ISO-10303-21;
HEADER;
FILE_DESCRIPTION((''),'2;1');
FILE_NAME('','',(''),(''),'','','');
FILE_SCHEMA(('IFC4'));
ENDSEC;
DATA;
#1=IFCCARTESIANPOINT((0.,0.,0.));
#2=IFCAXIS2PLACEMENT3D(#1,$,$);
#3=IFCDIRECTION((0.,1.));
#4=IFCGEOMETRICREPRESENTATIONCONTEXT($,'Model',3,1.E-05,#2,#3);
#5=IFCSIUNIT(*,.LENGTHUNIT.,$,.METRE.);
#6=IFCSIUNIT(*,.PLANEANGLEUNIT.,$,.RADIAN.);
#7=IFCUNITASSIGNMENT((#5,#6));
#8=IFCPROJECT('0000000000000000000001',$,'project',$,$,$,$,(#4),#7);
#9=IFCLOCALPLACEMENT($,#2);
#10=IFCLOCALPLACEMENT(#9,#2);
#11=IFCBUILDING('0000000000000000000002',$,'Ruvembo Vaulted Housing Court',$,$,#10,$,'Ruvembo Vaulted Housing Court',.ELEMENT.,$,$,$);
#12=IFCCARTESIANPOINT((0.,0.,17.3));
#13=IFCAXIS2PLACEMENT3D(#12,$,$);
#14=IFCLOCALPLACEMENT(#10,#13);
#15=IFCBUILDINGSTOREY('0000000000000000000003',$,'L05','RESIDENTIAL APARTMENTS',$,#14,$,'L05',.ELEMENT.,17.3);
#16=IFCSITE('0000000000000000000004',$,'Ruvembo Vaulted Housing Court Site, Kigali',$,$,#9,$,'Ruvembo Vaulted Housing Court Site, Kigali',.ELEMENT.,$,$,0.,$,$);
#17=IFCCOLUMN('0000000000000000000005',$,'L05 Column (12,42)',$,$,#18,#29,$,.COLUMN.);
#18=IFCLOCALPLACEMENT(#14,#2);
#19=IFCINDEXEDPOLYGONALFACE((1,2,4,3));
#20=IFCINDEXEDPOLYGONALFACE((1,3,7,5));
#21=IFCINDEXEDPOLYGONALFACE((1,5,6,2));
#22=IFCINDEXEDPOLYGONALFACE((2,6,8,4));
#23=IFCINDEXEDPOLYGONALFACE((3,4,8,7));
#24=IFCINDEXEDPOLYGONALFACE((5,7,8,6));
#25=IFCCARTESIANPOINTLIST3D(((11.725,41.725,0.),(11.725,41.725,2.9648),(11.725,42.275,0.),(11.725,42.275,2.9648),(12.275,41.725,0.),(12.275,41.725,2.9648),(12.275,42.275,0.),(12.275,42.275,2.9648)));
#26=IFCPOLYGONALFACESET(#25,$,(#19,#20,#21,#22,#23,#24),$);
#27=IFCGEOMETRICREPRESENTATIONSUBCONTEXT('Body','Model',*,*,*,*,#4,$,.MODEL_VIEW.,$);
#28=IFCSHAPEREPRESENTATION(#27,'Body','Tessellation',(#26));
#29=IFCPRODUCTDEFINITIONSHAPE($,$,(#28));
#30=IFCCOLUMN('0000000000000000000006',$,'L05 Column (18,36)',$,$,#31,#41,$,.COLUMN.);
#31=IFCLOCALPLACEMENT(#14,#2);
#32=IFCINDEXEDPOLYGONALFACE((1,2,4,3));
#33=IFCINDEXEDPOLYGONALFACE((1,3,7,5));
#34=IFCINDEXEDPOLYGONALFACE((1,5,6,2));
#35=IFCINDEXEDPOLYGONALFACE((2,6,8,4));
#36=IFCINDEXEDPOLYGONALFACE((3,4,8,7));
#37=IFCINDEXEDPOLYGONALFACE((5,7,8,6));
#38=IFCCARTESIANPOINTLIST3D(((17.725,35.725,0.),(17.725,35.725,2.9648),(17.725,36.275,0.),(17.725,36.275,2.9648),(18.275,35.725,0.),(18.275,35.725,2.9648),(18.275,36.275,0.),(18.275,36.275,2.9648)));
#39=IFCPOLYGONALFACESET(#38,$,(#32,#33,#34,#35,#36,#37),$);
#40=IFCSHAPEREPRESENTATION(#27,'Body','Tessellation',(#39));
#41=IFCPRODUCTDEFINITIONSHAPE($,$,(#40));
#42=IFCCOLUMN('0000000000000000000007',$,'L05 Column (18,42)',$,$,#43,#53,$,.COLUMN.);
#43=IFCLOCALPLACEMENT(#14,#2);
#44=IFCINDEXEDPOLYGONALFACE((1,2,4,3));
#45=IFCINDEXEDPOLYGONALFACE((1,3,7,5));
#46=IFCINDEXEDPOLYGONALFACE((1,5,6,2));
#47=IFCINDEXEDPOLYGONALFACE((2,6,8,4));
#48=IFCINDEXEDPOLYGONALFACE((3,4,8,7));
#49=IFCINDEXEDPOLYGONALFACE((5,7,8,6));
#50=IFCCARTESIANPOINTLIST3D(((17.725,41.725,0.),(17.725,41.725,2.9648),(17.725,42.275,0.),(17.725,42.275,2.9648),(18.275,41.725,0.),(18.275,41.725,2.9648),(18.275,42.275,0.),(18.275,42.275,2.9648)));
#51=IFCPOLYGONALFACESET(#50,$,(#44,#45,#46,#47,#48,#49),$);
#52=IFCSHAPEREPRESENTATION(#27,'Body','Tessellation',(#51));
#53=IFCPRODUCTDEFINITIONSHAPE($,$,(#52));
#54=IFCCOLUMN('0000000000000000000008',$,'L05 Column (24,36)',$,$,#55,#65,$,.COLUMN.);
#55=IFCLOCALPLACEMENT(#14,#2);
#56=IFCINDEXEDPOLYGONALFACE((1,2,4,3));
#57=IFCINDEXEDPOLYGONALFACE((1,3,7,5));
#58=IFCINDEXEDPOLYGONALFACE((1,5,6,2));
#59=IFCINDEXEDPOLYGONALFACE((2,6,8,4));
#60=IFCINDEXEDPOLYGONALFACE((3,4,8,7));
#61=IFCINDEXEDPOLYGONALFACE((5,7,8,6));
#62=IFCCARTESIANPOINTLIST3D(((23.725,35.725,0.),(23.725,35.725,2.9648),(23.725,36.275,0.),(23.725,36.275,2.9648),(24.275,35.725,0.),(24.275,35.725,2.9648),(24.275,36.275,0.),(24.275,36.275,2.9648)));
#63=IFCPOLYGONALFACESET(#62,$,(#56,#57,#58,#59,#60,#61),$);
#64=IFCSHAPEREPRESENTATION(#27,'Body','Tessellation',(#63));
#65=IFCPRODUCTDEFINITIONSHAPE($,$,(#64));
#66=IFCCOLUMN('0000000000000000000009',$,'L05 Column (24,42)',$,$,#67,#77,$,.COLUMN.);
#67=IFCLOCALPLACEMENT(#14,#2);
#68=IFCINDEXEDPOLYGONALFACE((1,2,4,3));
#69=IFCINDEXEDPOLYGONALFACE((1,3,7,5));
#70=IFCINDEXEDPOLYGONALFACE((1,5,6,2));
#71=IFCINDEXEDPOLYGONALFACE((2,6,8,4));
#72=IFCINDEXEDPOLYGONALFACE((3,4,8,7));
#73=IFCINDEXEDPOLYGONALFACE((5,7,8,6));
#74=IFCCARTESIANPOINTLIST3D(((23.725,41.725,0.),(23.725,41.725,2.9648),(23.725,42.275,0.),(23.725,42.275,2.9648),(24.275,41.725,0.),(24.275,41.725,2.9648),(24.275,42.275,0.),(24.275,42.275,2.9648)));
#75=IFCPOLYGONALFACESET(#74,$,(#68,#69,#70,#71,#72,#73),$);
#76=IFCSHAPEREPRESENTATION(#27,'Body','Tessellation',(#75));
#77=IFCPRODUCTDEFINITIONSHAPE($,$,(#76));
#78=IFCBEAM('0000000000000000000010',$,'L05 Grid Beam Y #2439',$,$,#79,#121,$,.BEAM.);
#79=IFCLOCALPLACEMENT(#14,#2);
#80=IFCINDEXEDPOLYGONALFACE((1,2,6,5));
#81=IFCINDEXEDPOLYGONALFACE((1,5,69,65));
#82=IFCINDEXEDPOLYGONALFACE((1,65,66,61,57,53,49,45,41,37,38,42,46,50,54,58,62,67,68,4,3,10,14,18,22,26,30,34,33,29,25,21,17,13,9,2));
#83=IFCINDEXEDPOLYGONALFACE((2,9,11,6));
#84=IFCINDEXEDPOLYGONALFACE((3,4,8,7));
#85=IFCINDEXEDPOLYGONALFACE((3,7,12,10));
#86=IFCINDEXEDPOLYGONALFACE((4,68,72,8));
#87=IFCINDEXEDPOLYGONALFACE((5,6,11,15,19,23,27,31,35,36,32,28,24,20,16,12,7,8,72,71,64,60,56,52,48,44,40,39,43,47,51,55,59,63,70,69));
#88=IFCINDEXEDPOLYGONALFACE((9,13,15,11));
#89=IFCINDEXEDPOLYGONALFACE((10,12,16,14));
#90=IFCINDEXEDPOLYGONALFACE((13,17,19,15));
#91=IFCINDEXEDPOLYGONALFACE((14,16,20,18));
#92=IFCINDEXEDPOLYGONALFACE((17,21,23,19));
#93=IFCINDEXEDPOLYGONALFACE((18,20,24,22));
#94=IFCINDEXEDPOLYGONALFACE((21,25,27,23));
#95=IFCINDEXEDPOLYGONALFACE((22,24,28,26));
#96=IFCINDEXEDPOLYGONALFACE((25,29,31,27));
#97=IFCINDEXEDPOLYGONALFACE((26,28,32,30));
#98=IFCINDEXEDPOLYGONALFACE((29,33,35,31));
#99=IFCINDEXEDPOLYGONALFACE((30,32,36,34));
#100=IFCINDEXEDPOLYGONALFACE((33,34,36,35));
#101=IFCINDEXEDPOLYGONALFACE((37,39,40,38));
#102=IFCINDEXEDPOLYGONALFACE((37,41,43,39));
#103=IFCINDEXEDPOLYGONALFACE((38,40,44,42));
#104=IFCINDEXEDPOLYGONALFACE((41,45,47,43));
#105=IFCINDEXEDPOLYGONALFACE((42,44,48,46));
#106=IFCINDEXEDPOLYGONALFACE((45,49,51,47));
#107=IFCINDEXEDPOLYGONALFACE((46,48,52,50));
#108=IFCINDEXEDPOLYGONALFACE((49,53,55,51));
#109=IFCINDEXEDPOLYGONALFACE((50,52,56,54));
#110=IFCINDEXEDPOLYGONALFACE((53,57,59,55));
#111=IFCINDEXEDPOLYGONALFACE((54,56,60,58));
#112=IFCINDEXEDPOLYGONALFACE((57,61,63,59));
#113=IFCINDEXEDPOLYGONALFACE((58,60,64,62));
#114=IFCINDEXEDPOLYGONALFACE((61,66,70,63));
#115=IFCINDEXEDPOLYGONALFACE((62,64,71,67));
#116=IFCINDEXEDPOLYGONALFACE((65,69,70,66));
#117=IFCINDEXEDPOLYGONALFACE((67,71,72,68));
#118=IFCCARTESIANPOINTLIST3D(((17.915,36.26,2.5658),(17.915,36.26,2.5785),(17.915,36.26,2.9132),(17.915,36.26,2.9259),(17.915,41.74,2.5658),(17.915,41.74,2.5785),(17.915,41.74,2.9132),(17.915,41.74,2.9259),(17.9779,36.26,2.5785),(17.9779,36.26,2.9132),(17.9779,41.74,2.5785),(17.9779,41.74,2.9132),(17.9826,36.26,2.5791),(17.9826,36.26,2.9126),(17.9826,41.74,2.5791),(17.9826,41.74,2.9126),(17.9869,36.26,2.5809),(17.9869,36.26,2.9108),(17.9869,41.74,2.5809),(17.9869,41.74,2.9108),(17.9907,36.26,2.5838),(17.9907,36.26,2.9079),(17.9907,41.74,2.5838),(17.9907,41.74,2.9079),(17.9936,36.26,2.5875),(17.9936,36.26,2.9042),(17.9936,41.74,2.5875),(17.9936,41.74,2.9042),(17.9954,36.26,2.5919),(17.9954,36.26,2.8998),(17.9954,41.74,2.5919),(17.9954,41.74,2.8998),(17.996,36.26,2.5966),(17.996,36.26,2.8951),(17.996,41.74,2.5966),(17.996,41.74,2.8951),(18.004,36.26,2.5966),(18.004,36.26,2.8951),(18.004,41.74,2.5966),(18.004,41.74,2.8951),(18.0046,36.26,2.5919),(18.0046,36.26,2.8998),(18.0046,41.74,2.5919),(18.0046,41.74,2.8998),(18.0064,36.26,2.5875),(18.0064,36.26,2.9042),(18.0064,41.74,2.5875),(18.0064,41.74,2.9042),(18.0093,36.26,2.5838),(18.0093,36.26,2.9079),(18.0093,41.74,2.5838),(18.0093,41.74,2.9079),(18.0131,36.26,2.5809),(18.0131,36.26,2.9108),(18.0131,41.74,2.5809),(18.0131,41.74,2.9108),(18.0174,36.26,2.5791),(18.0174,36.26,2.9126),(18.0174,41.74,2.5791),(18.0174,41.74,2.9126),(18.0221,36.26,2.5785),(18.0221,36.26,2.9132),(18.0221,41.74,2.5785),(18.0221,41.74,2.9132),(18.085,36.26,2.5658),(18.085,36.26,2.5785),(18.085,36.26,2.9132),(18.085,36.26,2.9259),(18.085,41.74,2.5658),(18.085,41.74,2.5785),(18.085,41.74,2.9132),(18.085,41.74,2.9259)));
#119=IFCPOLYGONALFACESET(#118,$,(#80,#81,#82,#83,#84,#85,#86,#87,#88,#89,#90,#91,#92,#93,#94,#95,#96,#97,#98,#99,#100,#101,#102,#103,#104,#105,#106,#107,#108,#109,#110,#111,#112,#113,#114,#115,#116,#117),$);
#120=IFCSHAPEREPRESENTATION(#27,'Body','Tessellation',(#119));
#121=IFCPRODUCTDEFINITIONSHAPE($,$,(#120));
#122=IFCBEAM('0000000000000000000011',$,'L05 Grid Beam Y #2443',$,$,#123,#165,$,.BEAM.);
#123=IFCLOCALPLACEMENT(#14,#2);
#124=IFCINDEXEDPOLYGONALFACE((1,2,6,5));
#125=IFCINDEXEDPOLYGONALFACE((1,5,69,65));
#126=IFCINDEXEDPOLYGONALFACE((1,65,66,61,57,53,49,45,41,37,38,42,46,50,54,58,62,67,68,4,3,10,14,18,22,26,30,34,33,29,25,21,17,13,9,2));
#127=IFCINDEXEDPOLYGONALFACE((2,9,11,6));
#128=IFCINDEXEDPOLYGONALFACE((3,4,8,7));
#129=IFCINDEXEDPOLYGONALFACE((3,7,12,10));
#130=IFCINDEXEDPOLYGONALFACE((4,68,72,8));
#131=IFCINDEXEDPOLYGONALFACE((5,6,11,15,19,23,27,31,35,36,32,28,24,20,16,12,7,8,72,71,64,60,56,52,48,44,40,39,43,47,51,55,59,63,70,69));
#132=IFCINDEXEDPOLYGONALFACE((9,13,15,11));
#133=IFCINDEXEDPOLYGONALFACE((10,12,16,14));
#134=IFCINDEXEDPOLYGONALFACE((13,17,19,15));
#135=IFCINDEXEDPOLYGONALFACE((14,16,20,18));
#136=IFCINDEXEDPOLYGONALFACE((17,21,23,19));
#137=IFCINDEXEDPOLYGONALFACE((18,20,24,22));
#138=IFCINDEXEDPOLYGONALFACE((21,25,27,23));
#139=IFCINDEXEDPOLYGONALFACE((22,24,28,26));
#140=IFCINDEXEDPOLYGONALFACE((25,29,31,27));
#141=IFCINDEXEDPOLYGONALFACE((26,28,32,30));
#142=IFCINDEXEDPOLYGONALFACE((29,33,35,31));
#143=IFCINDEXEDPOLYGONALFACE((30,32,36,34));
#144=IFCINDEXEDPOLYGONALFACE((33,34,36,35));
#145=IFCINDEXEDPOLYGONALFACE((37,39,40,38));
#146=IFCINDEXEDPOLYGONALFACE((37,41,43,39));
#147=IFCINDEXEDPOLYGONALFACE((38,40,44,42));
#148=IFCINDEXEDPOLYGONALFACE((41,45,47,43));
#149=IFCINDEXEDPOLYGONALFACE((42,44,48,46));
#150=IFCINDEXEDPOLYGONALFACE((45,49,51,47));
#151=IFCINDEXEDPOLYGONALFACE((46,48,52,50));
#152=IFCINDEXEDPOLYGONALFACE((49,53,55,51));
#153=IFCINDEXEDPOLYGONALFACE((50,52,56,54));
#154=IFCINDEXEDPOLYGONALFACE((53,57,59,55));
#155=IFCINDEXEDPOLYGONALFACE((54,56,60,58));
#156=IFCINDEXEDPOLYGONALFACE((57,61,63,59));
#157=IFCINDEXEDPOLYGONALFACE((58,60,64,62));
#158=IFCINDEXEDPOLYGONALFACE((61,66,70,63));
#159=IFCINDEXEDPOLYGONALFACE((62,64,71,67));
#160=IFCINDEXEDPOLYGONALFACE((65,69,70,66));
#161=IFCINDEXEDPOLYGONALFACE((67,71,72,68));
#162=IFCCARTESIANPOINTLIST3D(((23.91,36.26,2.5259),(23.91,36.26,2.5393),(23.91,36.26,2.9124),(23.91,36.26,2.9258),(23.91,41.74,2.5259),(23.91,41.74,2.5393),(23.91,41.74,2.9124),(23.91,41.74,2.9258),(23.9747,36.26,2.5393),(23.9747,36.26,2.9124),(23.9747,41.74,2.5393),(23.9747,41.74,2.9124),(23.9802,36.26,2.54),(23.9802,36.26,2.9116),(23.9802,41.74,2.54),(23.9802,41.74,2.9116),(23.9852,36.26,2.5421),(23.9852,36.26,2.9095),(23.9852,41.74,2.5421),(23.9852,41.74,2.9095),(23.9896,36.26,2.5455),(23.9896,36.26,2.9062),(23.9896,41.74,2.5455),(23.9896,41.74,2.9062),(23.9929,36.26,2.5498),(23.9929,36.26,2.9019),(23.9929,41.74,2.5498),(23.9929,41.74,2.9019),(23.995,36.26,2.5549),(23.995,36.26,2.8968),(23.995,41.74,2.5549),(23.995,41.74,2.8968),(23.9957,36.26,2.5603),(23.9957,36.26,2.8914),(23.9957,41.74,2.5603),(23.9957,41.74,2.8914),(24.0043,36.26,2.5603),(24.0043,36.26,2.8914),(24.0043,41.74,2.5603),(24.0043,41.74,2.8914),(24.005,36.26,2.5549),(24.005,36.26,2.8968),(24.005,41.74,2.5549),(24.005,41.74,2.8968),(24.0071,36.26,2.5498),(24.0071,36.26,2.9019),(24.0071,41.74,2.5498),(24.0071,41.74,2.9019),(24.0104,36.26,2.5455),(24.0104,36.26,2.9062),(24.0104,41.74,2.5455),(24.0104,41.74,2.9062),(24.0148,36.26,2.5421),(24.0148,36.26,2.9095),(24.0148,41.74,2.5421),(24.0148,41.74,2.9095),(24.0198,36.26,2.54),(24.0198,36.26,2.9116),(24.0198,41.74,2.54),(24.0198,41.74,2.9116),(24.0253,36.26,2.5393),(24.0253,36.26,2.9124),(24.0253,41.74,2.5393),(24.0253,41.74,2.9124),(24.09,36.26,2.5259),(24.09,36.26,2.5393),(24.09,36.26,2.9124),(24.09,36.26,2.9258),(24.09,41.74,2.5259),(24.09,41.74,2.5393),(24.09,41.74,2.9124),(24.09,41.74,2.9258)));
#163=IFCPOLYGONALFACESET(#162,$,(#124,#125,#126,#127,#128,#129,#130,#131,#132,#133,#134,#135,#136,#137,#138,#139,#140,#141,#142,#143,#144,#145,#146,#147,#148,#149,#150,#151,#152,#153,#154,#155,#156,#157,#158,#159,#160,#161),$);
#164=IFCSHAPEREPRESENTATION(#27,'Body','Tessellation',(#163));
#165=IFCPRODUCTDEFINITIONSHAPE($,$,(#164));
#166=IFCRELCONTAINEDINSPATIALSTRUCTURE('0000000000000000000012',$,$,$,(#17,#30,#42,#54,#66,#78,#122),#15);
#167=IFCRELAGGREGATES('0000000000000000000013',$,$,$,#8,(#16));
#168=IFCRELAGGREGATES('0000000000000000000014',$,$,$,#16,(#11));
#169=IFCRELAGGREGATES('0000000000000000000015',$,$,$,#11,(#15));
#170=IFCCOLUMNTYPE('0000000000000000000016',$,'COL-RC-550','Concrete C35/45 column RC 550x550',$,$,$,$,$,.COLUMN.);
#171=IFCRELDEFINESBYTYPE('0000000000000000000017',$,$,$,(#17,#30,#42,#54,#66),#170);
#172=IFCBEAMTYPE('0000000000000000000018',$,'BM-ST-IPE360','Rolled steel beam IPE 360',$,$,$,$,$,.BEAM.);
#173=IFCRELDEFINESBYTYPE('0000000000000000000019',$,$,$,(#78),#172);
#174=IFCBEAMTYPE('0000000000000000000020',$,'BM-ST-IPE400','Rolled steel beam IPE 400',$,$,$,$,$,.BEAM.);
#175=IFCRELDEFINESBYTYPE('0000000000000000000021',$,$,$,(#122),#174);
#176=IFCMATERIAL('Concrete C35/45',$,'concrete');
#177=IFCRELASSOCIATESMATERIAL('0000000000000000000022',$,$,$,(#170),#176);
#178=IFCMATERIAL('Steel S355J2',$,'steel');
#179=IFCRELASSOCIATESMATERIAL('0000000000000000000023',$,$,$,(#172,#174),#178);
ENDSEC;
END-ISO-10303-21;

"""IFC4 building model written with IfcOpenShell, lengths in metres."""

from ifc_helpers import new_model, si_unit, direction, frame, origin, origin_2d, place, context, subcontext, project, spatial, rectangle, i_section, extrude, material, material_profile, profile_set, type_object, element, save


model = new_model("IFC4")

# Units and contexts
model_context = context("Model", 3, precision=1e-05, world=origin(), true_north=direction((0.0, 1.0)))
body_context = subcontext(model_context, "Body", "Model", "MODEL_VIEW")
ifc_project = project(units=[si_unit("LENGTHUNIT", "METRE"), si_unit("PLANEANGLEUNIT", "RADIAN")], contexts=[model_context])

# Site, building, storey
site_placement = place(None, origin())
site = spatial("IfcSite", under=ifc_project, at=site_placement, Name="Ruvembo Vaulted Housing Court Site, Kigali", LongName="Ruvembo Vaulted Housing Court Site, Kigali", CompositionType="ELEMENT", RefElevation=0.0)
building_placement = place(site_placement, origin())
building = spatial("IfcBuilding", under=site, at=building_placement, Name="Ruvembo Vaulted Housing Court", LongName="Ruvembo Vaulted Housing Court", CompositionType="ELEMENT")
storey_placement = place(building_placement, frame((0.0, 0.0, 17.3)))
storey = spatial("IfcBuildingStorey", under=building, at=storey_placement, Name="L05", Description="RESIDENTIAL APARTMENTS", LongName="L05", CompositionType="ELEMENT", Elevation=17.3)

# Columns
ifc_material_1 = material(Name="Concrete C35/45", Category="concrete")
ifc_material_profile_1 = material_profile(ifc_material_1, rectangle(XDim=0.55, YDim=0.55, at=origin_2d()), Name="RC 550x550")
ifc_profile_set_1 = profile_set([ifc_material_profile_1], Name="Concrete C35/45")
column_type = type_object("IfcColumnType", Name="COL-RC-550", Description="Concrete C35/45 column RC 550x550", PredefinedType="COLUMN", material=ifc_profile_set_1)
for number, where, z_axis, x_axis, name in (
    (1, (12.0, 42.0, 0.0), (0.0, 0.0, 1.0), (1.0, 0.0, 0.0), "L05 Column (12,42)"),
    (2, (18.0, 36.0, 0.0), (0.0, 0.0, 1.0), (1.0, 0.0, 0.0), "L05 Column (18,36)"),
    (3, (18.0, 42.0, 0.0), (0.0, 0.0, 1.0), (1.0, 0.0, 0.0), "L05 Column (18,42)"),
    (4, (24.0, 36.0, 0.0), (0.0, 0.0, 1.0), (1.0, 0.0, 0.0), "L05 Column (24,36)"),
    (5, (24.0, 42.0, 0.0), (0.0, 0.0, 1.0), (1.0, 0.0, 0.0), "L05 Column (24,42)"),
):
    element("IfcColumn", number, at=place(storey_placement, frame(where, z_axis=z_axis, x_axis=x_axis)), inside=storey, type_object=column_type, Name=name, PredefinedType="COLUMN", context=body_context, shape_type="SweptSolid", body=[
        extrude(rectangle(XDim=0.55, YDim=0.55, at=origin_2d()), origin(), (0.0, 0.0, 1.0), 2.9648),
    ])

# Beams
ifc_material_2 = material(Name="Steel S355J2", Category="steel")
ifc_material_profile_2 = material_profile(ifc_material_2, i_section(OverallWidth=0.1699, OverallDepth=0.3601, WebThickness=0.0081, FlangeThickness=0.0127, FilletRadius=0.0181, at=origin_2d()), Name="IPE 360")
ifc_profile_set_2 = profile_set([ifc_material_profile_2], Name="Steel S355J2")
beam_type_1 = type_object("IfcBeamType", Name="BM-ST-IPE360", Description="Rolled steel beam IPE 360", PredefinedType="BEAM", material=ifc_profile_set_2)
beam_1_placement = place(storey_placement, frame((18.0, 36.26, 2.7458), z_axis=(0.0, 1.0, 0.0), x_axis=(-1.0, 0.0, 0.0)))
element("IfcBeam", 6, at=beam_1_placement, inside=storey, type_object=beam_type_1, Name="L05 Grid Beam Y #2439", PredefinedType="BEAM", context=body_context, shape_type="SweptSolid", body=[
    extrude(i_section(OverallWidth=0.1699, OverallDepth=0.3601, WebThickness=0.0081, FlangeThickness=0.0127, FilletRadius=0.0181, at=origin_2d()), origin(), (0.0, 0.0, 1.0), 5.48),
])
ifc_material_profile_3 = material_profile(ifc_material_2, i_section(OverallWidth=0.1799, OverallDepth=0.3999, WebThickness=0.0085, FlangeThickness=0.0134, FilletRadius=0.021, at=origin_2d()), Name="IPE 400")
ifc_profile_set_3 = profile_set([ifc_material_profile_3], Name="Steel S355J2")
beam_type_2 = type_object("IfcBeamType", Name="BM-ST-IPE400", Description="Rolled steel beam IPE 400", PredefinedType="BEAM", material=ifc_profile_set_3)
beam_2_placement = place(storey_placement, frame((24.0, 36.26, 2.7258), z_axis=(0.0, 1.0, 0.0), x_axis=(-1.0, 0.0, 0.0)))
element("IfcBeam", 7, at=beam_2_placement, inside=storey, type_object=beam_type_2, Name="L05 Grid Beam Y #2443", PredefinedType="BEAM", context=body_context, shape_type="SweptSolid", body=[
    extrude(i_section(OverallWidth=0.1799, OverallDepth=0.3999, WebThickness=0.0085, FlangeThickness=0.0134, FilletRadius=0.021, at=origin_2d()), origin(), (0.0, 0.0, 1.0), 5.48),
])

save(model, "model.ifc")
